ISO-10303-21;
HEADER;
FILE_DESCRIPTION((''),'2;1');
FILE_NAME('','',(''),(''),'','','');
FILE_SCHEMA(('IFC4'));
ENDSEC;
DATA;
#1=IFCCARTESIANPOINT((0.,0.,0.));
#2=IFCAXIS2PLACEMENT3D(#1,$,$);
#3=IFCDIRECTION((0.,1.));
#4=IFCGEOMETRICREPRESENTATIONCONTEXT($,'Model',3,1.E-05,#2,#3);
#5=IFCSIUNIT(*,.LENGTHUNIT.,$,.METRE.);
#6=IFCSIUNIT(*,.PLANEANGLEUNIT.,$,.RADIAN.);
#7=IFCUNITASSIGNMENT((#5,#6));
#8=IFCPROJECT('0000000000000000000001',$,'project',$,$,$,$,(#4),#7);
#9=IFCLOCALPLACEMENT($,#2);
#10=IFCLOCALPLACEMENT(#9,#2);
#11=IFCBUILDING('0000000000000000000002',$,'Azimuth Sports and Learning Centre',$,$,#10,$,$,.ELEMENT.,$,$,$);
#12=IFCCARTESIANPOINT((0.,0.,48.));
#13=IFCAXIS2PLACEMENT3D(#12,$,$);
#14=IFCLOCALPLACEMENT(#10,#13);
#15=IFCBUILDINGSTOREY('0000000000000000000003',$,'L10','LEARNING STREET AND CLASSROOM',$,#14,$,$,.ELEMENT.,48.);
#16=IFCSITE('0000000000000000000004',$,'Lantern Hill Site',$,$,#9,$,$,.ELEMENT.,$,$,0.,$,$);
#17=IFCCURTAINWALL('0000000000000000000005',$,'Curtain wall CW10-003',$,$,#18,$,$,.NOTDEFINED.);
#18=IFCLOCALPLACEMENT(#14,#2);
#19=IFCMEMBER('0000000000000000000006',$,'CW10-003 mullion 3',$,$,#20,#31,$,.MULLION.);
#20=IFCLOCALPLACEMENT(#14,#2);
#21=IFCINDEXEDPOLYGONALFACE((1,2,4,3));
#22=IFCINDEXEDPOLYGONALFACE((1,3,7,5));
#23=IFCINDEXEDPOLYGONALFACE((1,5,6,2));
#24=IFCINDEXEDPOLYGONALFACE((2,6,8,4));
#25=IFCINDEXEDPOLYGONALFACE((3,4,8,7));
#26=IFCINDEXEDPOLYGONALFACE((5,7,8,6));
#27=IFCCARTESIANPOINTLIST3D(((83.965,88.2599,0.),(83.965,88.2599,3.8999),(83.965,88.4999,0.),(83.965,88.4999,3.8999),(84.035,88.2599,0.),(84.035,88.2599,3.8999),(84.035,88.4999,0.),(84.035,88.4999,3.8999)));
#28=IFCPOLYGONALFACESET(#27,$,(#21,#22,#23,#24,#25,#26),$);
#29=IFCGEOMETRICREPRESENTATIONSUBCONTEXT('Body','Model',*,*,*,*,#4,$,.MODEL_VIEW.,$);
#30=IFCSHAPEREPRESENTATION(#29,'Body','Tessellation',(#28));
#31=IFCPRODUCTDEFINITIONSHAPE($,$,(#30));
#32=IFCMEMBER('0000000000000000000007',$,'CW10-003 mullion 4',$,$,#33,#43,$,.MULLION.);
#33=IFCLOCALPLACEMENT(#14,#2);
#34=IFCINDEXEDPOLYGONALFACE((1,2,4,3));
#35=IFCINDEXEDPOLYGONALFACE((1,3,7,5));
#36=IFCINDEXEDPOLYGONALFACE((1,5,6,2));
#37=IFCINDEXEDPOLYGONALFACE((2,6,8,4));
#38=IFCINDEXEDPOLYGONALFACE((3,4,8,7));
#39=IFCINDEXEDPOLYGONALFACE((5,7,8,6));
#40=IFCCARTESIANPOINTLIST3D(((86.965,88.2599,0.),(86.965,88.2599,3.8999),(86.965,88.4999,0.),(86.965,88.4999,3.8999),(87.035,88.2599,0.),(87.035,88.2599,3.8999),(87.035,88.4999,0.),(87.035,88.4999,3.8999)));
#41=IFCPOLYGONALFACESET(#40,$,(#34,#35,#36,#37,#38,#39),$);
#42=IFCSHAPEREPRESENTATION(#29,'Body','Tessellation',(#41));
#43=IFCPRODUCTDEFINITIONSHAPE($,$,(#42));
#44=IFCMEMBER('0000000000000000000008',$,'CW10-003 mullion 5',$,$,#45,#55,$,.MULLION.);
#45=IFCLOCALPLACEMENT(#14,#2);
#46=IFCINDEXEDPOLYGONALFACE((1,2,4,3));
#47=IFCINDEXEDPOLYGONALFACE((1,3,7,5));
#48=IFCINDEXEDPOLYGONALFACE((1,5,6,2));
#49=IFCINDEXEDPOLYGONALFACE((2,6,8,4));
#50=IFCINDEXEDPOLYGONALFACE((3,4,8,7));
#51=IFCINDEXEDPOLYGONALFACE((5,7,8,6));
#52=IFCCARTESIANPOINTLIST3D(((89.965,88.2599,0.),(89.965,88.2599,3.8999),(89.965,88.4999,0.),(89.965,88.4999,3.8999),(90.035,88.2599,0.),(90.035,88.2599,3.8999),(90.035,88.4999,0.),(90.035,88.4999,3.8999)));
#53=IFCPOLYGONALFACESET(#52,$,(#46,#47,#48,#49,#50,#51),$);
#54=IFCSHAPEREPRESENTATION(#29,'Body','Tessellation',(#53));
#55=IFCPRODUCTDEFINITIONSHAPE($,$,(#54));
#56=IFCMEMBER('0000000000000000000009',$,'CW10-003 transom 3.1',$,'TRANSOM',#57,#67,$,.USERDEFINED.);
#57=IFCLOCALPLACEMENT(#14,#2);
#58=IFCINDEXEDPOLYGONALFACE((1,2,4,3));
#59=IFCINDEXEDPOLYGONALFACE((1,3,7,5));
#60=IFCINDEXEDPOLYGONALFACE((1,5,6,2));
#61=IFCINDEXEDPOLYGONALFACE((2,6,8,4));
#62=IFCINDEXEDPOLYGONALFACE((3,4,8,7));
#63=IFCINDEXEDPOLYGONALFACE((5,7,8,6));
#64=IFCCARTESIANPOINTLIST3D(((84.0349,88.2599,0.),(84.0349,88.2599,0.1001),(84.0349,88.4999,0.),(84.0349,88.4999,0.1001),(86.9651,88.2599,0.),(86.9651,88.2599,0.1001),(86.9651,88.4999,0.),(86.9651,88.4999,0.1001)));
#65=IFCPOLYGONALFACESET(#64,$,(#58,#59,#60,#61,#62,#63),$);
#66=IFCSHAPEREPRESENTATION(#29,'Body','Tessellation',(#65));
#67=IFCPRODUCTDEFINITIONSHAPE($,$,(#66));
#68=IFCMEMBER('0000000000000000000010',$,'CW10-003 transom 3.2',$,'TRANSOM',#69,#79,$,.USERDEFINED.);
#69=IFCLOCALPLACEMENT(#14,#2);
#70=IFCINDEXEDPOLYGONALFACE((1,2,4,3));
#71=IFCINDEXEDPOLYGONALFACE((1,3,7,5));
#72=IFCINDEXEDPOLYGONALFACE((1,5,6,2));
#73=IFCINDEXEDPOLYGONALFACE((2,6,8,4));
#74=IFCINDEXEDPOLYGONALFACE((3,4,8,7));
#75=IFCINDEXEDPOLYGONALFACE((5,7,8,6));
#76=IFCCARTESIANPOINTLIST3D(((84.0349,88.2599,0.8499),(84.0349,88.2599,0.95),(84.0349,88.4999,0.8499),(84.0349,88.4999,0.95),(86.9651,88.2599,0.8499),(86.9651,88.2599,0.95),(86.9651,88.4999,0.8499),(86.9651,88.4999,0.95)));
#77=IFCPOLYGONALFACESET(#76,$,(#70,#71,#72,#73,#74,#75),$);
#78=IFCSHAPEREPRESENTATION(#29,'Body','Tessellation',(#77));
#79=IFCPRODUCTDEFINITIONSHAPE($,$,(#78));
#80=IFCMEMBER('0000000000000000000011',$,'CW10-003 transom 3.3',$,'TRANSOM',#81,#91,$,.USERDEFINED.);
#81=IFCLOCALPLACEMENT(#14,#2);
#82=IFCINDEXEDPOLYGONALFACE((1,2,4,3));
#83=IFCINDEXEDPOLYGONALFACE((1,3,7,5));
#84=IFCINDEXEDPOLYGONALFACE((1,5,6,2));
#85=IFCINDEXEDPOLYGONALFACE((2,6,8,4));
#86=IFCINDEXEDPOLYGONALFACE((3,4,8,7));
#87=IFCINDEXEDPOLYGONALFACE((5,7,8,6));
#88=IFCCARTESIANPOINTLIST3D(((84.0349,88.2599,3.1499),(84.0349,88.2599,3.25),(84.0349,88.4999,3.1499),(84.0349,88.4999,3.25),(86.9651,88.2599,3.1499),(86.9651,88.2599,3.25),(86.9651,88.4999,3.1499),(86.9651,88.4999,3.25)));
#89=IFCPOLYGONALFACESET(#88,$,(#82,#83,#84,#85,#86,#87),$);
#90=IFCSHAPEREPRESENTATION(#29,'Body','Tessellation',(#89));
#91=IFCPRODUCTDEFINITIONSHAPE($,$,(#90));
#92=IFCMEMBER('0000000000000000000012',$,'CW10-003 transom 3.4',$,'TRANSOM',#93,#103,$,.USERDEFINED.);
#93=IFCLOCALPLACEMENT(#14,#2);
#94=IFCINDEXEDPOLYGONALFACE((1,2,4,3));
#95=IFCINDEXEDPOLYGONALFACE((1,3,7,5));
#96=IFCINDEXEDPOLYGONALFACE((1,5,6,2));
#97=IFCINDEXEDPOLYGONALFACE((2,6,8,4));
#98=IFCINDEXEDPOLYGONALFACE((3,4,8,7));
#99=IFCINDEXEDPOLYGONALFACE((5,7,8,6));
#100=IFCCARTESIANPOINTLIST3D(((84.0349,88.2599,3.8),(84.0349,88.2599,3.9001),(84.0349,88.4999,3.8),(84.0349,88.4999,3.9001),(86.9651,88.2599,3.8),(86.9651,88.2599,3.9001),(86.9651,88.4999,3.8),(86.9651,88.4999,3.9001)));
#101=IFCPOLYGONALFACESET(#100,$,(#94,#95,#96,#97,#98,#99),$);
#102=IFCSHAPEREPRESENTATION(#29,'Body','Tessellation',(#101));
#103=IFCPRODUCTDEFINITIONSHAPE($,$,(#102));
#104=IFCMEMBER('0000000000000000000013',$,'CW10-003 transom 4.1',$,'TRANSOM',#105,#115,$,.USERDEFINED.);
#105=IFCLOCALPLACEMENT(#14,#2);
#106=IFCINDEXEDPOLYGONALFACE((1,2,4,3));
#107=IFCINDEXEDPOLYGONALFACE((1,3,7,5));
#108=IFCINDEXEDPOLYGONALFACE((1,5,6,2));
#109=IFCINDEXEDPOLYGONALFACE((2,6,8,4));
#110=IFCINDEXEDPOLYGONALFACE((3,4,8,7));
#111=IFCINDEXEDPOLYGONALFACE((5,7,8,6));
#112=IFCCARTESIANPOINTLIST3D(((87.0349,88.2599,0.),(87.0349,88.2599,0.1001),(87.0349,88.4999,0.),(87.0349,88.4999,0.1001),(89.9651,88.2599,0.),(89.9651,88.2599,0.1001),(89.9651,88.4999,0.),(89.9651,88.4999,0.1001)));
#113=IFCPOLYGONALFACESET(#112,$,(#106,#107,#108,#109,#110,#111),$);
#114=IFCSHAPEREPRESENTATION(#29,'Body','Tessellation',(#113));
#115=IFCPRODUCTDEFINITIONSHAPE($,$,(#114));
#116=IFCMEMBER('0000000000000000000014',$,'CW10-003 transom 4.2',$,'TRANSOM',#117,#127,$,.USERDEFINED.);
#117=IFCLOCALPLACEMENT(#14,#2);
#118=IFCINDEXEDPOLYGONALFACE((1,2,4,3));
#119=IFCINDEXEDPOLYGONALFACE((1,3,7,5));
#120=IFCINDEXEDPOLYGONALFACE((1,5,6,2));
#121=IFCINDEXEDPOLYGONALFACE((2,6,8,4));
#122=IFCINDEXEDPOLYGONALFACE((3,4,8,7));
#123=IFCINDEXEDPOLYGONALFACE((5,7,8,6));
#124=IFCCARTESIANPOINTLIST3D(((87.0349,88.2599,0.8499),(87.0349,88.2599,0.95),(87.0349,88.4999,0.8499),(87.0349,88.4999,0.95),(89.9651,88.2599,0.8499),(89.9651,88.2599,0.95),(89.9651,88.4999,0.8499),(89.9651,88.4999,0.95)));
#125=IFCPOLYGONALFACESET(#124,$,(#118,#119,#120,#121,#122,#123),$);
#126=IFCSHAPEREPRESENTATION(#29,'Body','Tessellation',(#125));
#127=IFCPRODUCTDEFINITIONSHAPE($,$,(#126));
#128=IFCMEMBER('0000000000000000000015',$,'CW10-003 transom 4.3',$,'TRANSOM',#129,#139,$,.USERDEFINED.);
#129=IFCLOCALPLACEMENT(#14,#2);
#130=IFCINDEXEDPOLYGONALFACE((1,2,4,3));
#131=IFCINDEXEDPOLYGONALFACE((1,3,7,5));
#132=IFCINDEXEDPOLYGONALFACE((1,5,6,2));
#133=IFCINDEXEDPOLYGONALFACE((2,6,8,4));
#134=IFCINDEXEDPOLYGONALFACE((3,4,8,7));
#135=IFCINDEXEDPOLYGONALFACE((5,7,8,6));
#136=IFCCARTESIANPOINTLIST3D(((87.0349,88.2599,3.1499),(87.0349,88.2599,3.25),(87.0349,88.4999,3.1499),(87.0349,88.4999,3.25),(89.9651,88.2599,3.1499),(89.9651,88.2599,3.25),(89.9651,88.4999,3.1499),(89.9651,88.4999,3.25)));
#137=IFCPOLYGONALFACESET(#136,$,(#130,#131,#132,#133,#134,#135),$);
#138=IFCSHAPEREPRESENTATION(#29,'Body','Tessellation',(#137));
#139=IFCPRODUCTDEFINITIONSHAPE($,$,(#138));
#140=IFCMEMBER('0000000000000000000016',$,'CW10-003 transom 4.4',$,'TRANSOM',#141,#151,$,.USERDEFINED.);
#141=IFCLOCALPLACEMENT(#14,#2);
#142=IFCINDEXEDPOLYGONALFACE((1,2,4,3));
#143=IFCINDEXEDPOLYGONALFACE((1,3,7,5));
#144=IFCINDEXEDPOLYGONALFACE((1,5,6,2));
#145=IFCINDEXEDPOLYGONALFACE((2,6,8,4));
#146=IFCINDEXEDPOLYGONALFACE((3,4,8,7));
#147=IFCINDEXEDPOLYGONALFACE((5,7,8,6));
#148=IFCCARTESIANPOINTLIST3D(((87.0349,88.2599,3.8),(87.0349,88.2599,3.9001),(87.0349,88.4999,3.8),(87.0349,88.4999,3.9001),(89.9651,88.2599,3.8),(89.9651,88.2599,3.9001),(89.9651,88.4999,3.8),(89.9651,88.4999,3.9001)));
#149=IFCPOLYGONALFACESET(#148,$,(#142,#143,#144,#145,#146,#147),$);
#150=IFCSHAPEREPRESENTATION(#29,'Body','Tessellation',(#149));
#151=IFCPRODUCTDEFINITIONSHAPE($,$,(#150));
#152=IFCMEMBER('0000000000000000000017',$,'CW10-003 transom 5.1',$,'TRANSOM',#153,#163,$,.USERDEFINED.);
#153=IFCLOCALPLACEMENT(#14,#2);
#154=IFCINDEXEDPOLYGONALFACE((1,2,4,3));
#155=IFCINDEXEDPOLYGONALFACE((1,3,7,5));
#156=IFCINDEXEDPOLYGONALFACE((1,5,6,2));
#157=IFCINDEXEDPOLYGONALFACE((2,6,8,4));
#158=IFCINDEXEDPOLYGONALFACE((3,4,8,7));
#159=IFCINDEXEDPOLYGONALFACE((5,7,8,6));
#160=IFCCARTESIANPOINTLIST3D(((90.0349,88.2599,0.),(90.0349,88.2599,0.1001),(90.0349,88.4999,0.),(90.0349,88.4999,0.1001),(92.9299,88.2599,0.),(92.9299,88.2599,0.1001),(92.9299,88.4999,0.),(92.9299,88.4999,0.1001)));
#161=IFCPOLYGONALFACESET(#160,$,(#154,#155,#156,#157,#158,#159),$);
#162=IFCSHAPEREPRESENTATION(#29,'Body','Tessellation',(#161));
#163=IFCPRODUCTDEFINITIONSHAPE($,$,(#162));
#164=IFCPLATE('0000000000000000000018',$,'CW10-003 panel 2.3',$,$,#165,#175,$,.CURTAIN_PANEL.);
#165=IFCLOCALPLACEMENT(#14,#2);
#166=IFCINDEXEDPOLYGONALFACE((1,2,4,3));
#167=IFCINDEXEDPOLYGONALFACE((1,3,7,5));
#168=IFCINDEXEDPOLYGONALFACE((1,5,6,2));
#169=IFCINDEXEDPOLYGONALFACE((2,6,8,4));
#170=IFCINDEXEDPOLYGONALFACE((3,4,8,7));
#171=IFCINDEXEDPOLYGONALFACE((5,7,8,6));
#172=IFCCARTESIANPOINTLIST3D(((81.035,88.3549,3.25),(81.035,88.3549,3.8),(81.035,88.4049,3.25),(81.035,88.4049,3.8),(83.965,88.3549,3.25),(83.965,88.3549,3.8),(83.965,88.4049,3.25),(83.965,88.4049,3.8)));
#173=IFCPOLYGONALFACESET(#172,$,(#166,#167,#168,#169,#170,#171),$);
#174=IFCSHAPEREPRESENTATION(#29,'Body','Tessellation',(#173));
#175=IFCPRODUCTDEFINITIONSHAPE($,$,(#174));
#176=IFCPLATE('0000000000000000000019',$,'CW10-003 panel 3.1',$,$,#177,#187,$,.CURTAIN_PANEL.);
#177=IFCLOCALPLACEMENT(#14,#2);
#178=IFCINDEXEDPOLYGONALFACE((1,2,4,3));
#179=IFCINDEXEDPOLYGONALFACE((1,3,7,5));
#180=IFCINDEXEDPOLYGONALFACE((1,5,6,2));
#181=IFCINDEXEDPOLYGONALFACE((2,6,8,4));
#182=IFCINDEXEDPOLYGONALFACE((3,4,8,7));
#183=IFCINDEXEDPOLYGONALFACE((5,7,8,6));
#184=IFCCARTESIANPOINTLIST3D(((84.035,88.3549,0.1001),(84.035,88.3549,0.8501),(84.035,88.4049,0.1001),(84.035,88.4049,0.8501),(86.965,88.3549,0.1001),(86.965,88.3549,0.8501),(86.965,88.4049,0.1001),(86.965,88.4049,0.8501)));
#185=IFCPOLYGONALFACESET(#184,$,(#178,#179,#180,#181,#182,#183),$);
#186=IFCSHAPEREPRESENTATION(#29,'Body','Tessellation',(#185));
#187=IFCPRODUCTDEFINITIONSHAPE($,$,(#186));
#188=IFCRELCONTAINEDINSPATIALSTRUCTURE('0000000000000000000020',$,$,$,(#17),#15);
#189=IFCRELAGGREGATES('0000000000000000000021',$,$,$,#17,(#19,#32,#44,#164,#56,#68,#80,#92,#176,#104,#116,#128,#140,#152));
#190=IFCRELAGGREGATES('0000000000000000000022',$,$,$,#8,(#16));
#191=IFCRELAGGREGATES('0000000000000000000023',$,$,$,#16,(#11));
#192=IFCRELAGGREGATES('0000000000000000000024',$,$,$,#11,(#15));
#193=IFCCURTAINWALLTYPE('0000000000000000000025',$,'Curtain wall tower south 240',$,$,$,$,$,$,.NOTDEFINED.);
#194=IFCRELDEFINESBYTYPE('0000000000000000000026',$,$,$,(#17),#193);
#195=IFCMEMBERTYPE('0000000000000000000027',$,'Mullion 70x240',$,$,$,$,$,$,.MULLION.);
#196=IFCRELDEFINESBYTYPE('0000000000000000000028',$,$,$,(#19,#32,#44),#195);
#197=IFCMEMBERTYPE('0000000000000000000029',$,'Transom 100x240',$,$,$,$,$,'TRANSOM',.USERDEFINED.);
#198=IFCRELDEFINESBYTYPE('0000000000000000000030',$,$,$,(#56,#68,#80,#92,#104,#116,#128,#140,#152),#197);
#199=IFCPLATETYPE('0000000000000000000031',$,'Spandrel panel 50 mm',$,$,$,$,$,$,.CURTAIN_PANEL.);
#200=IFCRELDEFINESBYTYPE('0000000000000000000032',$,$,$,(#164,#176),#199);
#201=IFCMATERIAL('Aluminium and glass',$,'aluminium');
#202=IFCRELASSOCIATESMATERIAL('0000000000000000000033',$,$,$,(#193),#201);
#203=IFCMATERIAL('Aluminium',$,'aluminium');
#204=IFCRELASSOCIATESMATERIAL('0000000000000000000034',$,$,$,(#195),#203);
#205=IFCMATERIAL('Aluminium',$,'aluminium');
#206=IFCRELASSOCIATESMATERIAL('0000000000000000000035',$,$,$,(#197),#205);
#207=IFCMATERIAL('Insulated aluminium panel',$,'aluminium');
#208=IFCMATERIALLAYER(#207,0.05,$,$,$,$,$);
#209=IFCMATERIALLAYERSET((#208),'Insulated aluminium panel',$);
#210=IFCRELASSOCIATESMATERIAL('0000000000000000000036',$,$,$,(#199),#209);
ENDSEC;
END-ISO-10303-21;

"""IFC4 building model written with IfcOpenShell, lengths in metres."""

from ifc_helpers import new_model, si_unit, direction, frame, origin, origin_2d, place, context, subcontext, project, spatial, rectangle, extrude, material, layer, layer_set, material_profile, profile_set, type_object, element, aggregate, save


model = new_model("IFC4")

# Units and contexts
model_context = context("Model", 3, precision=1e-05, world=origin(), true_north=direction((0.0, 1.0)))
body_context = subcontext(model_context, "Body", "Model", "MODEL_VIEW")
ifc_project = project(units=[si_unit("LENGTHUNIT", "METRE"), si_unit("PLANEANGLEUNIT", "RADIAN")], contexts=[model_context])

# Site, building, storey
site_placement = place(None, origin())
site = spatial("IfcSite", under=ifc_project, at=site_placement, Name="Lantern Hill Site", CompositionType="ELEMENT", RefElevation=0.0)
building_placement = place(site_placement, origin())
building = spatial("IfcBuilding", under=site, at=building_placement, Name="Azimuth Sports and Learning Centre", CompositionType="ELEMENT")
storey_placement = place(building_placement, frame((0.0, 0.0, 48.0)))
storey = spatial("IfcBuildingStorey", under=building, at=storey_placement, Name="L10", Description="LEARNING STREET AND CLASSROOM", CompositionType="ELEMENT", Elevation=48.0)

# Curtain wall, members, plates
ifc_material_1 = material(Name="Aluminium and glass", Category="aluminium")
curtain_wall_type = type_object("IfcCurtainWallType", Name="Curtain wall tower south 240", PredefinedType="NOTDEFINED", material=ifc_material_1)
curtain_wall_placement = place(storey_placement, origin())
curtain_wall = element("IfcCurtainWall", 1, at=curtain_wall_placement, inside=storey, type_object=curtain_wall_type, Name="Curtain wall CW10-003", PredefinedType="NOTDEFINED")
ifc_material_2 = material(Name="Aluminium", Category="aluminium")
ifc_material_profile_1 = material_profile(ifc_material_2, rectangle(XDim=0.24, YDim=0.0701, at=origin_2d()), Name="Mullion 70x240")
ifc_profile_set_1 = profile_set([ifc_material_profile_1], Name="Aluminium")
member_type_1 = type_object("IfcMemberType", Name="Mullion 70x240", PredefinedType="MULLION", material=ifc_profile_set_1)
member_1_placement = place(storey_placement, frame((84.0, 88.3799, 0.0), z_axis=(0.0, 0.0, 1.0), x_axis=(0.0, 1.0, 0.0)))
member_1 = element("IfcMember", 2, at=member_1_placement, type_object=member_type_1, Name="CW10-003 mullion 3", PredefinedType="MULLION", context=body_context, shape_type="SweptSolid", body=[
    extrude(rectangle(XDim=0.24, YDim=0.0701, at=origin_2d()), origin(), (0.0, 0.0, 1.0), 3.8999),
])
member_2_placement = place(storey_placement, frame((87.0, 88.3799, 0.0), z_axis=(0.0, 0.0, 1.0), x_axis=(0.0, 1.0, 0.0)))
member_2 = element("IfcMember", 3, at=member_2_placement, type_object=member_type_1, Name="CW10-003 mullion 4", PredefinedType="MULLION", context=body_context, shape_type="SweptSolid", body=[
    extrude(rectangle(XDim=0.24, YDim=0.0701, at=origin_2d()), origin(), (0.0, 0.0, 1.0), 3.8999),
])
member_3_placement = place(storey_placement, frame((90.0, 88.3799, 0.0), z_axis=(0.0, 0.0, 1.0), x_axis=(0.0, 1.0, 0.0)))
member_3 = element("IfcMember", 4, at=member_3_placement, type_object=member_type_1, Name="CW10-003 mullion 5", PredefinedType="MULLION", context=body_context, shape_type="SweptSolid", body=[
    extrude(rectangle(XDim=0.24, YDim=0.0701, at=origin_2d()), origin(), (0.0, 0.0, 1.0), 3.8999),
])
ifc_material_3 = material(Name="Aluminium", Category="aluminium")
ifc_material_profile_2 = material_profile(ifc_material_3, rectangle(XDim=0.24, YDim=0.1001, at=origin_2d()), Name="Transom 100x240")
ifc_profile_set_2 = profile_set([ifc_material_profile_2], Name="Aluminium")
member_type_2 = type_object("IfcMemberType", Name="Transom 100x240", ElementType="TRANSOM", PredefinedType="USERDEFINED", material=ifc_profile_set_2)
member_4_placement = place(storey_placement, frame((84.0349, 88.3799, 0.05), z_axis=(1.0, 0.0, 0.0), x_axis=(0.0, 1.0, 0.0)))
member_4 = element("IfcMember", 5, at=member_4_placement, type_object=member_type_2, Name="CW10-003 transom 3.1", ObjectType="TRANSOM", PredefinedType="USERDEFINED", context=body_context, shape_type="SweptSolid", body=[
    extrude(rectangle(XDim=0.24, YDim=0.1001, at=origin_2d()), origin(), (0.0, 0.0, 1.0), 2.9302),
])
member_5_placement = place(storey_placement, frame((84.0349, 88.3799, 0.8999), z_axis=(1.0, 0.0, 0.0), x_axis=(0.0, 1.0, 0.0)))
member_5 = element("IfcMember", 6, at=member_5_placement, type_object=member_type_2, Name="CW10-003 transom 3.2", ObjectType="TRANSOM", PredefinedType="USERDEFINED", context=body_context, shape_type="SweptSolid", body=[
    extrude(rectangle(XDim=0.24, YDim=0.1001, at=origin_2d()), origin(), (0.0, 0.0, 1.0), 2.9302),
])
member_6_placement = place(storey_placement, frame((84.0349, 88.3799, 3.2), z_axis=(1.0, 0.0, 0.0), x_axis=(0.0, 1.0, 0.0)))
member_6 = element("IfcMember", 7, at=member_6_placement, type_object=member_type_2, Name="CW10-003 transom 3.3", ObjectType="TRANSOM", PredefinedType="USERDEFINED", context=body_context, shape_type="SweptSolid", body=[
    extrude(rectangle(XDim=0.24, YDim=0.1001, at=origin_2d()), origin(), (0.0, 0.0, 1.0), 2.9302),
])
member_7_placement = place(storey_placement, frame((84.0349, 88.3799, 3.8501), z_axis=(1.0, 0.0, 0.0), x_axis=(0.0, 1.0, 0.0)))
member_7 = element("IfcMember", 8, at=member_7_placement, type_object=member_type_2, Name="CW10-003 transom 3.4", ObjectType="TRANSOM", PredefinedType="USERDEFINED", context=body_context, shape_type="SweptSolid", body=[
    extrude(rectangle(XDim=0.24, YDim=0.1001, at=origin_2d()), origin(), (0.0, 0.0, 1.0), 2.9302),
])
member_8_placement = place(storey_placement, frame((87.0349, 88.3799, 0.05), z_axis=(1.0, 0.0, 0.0), x_axis=(0.0, 1.0, 0.0)))
member_8 = element("IfcMember", 9, at=member_8_placement, type_object=member_type_2, Name="CW10-003 transom 4.1", ObjectType="TRANSOM", PredefinedType="USERDEFINED", context=body_context, shape_type="SweptSolid", body=[
    extrude(rectangle(XDim=0.24, YDim=0.1001, at=origin_2d()), origin(), (0.0, 0.0, 1.0), 2.9302),
])
member_9_placement = place(storey_placement, frame((87.0349, 88.3799, 0.8999), z_axis=(1.0, 0.0, 0.0), x_axis=(0.0, 1.0, 0.0)))
member_9 = element("IfcMember", 10, at=member_9_placement, type_object=member_type_2, Name="CW10-003 transom 4.2", ObjectType="TRANSOM", PredefinedType="USERDEFINED", context=body_context, shape_type="SweptSolid", body=[
    extrude(rectangle(XDim=0.24, YDim=0.1001, at=origin_2d()), origin(), (0.0, 0.0, 1.0), 2.9302),
])
member_10_placement = place(storey_placement, frame((87.0349, 88.3799, 3.2), z_axis=(1.0, 0.0, 0.0), x_axis=(0.0, 1.0, 0.0)))
member_10 = element("IfcMember", 11, at=member_10_placement, type_object=member_type_2, Name="CW10-003 transom 4.3", ObjectType="TRANSOM", PredefinedType="USERDEFINED", context=body_context, shape_type="SweptSolid", body=[
    extrude(rectangle(XDim=0.24, YDim=0.1001, at=origin_2d()), origin(), (0.0, 0.0, 1.0), 2.9302),
])
member_11_placement = place(storey_placement, frame((87.0349, 88.3799, 3.8501), z_axis=(1.0, 0.0, 0.0), x_axis=(0.0, 1.0, 0.0)))
member_11 = element("IfcMember", 12, at=member_11_placement, type_object=member_type_2, Name="CW10-003 transom 4.4", ObjectType="TRANSOM", PredefinedType="USERDEFINED", context=body_context, shape_type="SweptSolid", body=[
    extrude(rectangle(XDim=0.24, YDim=0.1001, at=origin_2d()), origin(), (0.0, 0.0, 1.0), 2.9302),
])
member_12_placement = place(storey_placement, frame((90.0349, 88.3799, 0.05), z_axis=(1.0, 0.0, 0.0), x_axis=(0.0, 1.0, 0.0)))
member_12 = element("IfcMember", 13, at=member_12_placement, type_object=member_type_2, Name="CW10-003 transom 5.1", ObjectType="TRANSOM", PredefinedType="USERDEFINED", context=body_context, shape_type="SweptSolid", body=[
    extrude(rectangle(XDim=0.24, YDim=0.1001, at=origin_2d()), origin(), (0.0, 0.0, 1.0), 2.895),
])
ifc_material_4 = material(Name="Insulated aluminium panel", Category="aluminium")
ifc_layer_1 = layer(ifc_material_4, 0.05)
ifc_layer_set_1 = layer_set([ifc_layer_1], Name="Insulated aluminium panel")
plate_type_1 = type_object("IfcPlateType", Name="Spandrel panel 50 mm", PredefinedType="CURTAIN_PANEL", material=ifc_layer_set_1)
plate_1_placement = place(storey_placement, frame((82.5, 88.3799, 3.25), z_axis=(0.0, 0.0, 1.0), x_axis=(1.0, 0.0, 0.0)))
plate_1 = element("IfcPlate", 14, at=plate_1_placement, type_object=plate_type_1, Name="CW10-003 panel 2.3", PredefinedType="CURTAIN_PANEL", context=body_context, shape_type="SweptSolid", body=[
    extrude(rectangle(XDim=2.9299, YDim=0.05, at=origin_2d()), origin(), (0.0, 0.0, 1.0), 0.55),
])
plate_2_placement = place(storey_placement, frame((85.5, 88.3799, 0.1001), z_axis=(0.0, 0.0, 1.0), x_axis=(1.0, 0.0, 0.0)))
plate_2 = element("IfcPlate", 15, at=plate_2_placement, type_object=plate_type_1, Name="CW10-003 panel 3.1", PredefinedType="CURTAIN_PANEL", context=body_context, shape_type="SweptSolid", body=[
    extrude(rectangle(XDim=2.9299, YDim=0.05, at=origin_2d()), origin(), (0.0, 0.0, 1.0), 0.75),
])
aggregate(curtain_wall, [member_1, member_2, member_3, plate_1, member_4, member_5, member_6, member_7, plate_2, member_8, member_9, member_10, member_11, member_12])

save(model, "model.ifc")
